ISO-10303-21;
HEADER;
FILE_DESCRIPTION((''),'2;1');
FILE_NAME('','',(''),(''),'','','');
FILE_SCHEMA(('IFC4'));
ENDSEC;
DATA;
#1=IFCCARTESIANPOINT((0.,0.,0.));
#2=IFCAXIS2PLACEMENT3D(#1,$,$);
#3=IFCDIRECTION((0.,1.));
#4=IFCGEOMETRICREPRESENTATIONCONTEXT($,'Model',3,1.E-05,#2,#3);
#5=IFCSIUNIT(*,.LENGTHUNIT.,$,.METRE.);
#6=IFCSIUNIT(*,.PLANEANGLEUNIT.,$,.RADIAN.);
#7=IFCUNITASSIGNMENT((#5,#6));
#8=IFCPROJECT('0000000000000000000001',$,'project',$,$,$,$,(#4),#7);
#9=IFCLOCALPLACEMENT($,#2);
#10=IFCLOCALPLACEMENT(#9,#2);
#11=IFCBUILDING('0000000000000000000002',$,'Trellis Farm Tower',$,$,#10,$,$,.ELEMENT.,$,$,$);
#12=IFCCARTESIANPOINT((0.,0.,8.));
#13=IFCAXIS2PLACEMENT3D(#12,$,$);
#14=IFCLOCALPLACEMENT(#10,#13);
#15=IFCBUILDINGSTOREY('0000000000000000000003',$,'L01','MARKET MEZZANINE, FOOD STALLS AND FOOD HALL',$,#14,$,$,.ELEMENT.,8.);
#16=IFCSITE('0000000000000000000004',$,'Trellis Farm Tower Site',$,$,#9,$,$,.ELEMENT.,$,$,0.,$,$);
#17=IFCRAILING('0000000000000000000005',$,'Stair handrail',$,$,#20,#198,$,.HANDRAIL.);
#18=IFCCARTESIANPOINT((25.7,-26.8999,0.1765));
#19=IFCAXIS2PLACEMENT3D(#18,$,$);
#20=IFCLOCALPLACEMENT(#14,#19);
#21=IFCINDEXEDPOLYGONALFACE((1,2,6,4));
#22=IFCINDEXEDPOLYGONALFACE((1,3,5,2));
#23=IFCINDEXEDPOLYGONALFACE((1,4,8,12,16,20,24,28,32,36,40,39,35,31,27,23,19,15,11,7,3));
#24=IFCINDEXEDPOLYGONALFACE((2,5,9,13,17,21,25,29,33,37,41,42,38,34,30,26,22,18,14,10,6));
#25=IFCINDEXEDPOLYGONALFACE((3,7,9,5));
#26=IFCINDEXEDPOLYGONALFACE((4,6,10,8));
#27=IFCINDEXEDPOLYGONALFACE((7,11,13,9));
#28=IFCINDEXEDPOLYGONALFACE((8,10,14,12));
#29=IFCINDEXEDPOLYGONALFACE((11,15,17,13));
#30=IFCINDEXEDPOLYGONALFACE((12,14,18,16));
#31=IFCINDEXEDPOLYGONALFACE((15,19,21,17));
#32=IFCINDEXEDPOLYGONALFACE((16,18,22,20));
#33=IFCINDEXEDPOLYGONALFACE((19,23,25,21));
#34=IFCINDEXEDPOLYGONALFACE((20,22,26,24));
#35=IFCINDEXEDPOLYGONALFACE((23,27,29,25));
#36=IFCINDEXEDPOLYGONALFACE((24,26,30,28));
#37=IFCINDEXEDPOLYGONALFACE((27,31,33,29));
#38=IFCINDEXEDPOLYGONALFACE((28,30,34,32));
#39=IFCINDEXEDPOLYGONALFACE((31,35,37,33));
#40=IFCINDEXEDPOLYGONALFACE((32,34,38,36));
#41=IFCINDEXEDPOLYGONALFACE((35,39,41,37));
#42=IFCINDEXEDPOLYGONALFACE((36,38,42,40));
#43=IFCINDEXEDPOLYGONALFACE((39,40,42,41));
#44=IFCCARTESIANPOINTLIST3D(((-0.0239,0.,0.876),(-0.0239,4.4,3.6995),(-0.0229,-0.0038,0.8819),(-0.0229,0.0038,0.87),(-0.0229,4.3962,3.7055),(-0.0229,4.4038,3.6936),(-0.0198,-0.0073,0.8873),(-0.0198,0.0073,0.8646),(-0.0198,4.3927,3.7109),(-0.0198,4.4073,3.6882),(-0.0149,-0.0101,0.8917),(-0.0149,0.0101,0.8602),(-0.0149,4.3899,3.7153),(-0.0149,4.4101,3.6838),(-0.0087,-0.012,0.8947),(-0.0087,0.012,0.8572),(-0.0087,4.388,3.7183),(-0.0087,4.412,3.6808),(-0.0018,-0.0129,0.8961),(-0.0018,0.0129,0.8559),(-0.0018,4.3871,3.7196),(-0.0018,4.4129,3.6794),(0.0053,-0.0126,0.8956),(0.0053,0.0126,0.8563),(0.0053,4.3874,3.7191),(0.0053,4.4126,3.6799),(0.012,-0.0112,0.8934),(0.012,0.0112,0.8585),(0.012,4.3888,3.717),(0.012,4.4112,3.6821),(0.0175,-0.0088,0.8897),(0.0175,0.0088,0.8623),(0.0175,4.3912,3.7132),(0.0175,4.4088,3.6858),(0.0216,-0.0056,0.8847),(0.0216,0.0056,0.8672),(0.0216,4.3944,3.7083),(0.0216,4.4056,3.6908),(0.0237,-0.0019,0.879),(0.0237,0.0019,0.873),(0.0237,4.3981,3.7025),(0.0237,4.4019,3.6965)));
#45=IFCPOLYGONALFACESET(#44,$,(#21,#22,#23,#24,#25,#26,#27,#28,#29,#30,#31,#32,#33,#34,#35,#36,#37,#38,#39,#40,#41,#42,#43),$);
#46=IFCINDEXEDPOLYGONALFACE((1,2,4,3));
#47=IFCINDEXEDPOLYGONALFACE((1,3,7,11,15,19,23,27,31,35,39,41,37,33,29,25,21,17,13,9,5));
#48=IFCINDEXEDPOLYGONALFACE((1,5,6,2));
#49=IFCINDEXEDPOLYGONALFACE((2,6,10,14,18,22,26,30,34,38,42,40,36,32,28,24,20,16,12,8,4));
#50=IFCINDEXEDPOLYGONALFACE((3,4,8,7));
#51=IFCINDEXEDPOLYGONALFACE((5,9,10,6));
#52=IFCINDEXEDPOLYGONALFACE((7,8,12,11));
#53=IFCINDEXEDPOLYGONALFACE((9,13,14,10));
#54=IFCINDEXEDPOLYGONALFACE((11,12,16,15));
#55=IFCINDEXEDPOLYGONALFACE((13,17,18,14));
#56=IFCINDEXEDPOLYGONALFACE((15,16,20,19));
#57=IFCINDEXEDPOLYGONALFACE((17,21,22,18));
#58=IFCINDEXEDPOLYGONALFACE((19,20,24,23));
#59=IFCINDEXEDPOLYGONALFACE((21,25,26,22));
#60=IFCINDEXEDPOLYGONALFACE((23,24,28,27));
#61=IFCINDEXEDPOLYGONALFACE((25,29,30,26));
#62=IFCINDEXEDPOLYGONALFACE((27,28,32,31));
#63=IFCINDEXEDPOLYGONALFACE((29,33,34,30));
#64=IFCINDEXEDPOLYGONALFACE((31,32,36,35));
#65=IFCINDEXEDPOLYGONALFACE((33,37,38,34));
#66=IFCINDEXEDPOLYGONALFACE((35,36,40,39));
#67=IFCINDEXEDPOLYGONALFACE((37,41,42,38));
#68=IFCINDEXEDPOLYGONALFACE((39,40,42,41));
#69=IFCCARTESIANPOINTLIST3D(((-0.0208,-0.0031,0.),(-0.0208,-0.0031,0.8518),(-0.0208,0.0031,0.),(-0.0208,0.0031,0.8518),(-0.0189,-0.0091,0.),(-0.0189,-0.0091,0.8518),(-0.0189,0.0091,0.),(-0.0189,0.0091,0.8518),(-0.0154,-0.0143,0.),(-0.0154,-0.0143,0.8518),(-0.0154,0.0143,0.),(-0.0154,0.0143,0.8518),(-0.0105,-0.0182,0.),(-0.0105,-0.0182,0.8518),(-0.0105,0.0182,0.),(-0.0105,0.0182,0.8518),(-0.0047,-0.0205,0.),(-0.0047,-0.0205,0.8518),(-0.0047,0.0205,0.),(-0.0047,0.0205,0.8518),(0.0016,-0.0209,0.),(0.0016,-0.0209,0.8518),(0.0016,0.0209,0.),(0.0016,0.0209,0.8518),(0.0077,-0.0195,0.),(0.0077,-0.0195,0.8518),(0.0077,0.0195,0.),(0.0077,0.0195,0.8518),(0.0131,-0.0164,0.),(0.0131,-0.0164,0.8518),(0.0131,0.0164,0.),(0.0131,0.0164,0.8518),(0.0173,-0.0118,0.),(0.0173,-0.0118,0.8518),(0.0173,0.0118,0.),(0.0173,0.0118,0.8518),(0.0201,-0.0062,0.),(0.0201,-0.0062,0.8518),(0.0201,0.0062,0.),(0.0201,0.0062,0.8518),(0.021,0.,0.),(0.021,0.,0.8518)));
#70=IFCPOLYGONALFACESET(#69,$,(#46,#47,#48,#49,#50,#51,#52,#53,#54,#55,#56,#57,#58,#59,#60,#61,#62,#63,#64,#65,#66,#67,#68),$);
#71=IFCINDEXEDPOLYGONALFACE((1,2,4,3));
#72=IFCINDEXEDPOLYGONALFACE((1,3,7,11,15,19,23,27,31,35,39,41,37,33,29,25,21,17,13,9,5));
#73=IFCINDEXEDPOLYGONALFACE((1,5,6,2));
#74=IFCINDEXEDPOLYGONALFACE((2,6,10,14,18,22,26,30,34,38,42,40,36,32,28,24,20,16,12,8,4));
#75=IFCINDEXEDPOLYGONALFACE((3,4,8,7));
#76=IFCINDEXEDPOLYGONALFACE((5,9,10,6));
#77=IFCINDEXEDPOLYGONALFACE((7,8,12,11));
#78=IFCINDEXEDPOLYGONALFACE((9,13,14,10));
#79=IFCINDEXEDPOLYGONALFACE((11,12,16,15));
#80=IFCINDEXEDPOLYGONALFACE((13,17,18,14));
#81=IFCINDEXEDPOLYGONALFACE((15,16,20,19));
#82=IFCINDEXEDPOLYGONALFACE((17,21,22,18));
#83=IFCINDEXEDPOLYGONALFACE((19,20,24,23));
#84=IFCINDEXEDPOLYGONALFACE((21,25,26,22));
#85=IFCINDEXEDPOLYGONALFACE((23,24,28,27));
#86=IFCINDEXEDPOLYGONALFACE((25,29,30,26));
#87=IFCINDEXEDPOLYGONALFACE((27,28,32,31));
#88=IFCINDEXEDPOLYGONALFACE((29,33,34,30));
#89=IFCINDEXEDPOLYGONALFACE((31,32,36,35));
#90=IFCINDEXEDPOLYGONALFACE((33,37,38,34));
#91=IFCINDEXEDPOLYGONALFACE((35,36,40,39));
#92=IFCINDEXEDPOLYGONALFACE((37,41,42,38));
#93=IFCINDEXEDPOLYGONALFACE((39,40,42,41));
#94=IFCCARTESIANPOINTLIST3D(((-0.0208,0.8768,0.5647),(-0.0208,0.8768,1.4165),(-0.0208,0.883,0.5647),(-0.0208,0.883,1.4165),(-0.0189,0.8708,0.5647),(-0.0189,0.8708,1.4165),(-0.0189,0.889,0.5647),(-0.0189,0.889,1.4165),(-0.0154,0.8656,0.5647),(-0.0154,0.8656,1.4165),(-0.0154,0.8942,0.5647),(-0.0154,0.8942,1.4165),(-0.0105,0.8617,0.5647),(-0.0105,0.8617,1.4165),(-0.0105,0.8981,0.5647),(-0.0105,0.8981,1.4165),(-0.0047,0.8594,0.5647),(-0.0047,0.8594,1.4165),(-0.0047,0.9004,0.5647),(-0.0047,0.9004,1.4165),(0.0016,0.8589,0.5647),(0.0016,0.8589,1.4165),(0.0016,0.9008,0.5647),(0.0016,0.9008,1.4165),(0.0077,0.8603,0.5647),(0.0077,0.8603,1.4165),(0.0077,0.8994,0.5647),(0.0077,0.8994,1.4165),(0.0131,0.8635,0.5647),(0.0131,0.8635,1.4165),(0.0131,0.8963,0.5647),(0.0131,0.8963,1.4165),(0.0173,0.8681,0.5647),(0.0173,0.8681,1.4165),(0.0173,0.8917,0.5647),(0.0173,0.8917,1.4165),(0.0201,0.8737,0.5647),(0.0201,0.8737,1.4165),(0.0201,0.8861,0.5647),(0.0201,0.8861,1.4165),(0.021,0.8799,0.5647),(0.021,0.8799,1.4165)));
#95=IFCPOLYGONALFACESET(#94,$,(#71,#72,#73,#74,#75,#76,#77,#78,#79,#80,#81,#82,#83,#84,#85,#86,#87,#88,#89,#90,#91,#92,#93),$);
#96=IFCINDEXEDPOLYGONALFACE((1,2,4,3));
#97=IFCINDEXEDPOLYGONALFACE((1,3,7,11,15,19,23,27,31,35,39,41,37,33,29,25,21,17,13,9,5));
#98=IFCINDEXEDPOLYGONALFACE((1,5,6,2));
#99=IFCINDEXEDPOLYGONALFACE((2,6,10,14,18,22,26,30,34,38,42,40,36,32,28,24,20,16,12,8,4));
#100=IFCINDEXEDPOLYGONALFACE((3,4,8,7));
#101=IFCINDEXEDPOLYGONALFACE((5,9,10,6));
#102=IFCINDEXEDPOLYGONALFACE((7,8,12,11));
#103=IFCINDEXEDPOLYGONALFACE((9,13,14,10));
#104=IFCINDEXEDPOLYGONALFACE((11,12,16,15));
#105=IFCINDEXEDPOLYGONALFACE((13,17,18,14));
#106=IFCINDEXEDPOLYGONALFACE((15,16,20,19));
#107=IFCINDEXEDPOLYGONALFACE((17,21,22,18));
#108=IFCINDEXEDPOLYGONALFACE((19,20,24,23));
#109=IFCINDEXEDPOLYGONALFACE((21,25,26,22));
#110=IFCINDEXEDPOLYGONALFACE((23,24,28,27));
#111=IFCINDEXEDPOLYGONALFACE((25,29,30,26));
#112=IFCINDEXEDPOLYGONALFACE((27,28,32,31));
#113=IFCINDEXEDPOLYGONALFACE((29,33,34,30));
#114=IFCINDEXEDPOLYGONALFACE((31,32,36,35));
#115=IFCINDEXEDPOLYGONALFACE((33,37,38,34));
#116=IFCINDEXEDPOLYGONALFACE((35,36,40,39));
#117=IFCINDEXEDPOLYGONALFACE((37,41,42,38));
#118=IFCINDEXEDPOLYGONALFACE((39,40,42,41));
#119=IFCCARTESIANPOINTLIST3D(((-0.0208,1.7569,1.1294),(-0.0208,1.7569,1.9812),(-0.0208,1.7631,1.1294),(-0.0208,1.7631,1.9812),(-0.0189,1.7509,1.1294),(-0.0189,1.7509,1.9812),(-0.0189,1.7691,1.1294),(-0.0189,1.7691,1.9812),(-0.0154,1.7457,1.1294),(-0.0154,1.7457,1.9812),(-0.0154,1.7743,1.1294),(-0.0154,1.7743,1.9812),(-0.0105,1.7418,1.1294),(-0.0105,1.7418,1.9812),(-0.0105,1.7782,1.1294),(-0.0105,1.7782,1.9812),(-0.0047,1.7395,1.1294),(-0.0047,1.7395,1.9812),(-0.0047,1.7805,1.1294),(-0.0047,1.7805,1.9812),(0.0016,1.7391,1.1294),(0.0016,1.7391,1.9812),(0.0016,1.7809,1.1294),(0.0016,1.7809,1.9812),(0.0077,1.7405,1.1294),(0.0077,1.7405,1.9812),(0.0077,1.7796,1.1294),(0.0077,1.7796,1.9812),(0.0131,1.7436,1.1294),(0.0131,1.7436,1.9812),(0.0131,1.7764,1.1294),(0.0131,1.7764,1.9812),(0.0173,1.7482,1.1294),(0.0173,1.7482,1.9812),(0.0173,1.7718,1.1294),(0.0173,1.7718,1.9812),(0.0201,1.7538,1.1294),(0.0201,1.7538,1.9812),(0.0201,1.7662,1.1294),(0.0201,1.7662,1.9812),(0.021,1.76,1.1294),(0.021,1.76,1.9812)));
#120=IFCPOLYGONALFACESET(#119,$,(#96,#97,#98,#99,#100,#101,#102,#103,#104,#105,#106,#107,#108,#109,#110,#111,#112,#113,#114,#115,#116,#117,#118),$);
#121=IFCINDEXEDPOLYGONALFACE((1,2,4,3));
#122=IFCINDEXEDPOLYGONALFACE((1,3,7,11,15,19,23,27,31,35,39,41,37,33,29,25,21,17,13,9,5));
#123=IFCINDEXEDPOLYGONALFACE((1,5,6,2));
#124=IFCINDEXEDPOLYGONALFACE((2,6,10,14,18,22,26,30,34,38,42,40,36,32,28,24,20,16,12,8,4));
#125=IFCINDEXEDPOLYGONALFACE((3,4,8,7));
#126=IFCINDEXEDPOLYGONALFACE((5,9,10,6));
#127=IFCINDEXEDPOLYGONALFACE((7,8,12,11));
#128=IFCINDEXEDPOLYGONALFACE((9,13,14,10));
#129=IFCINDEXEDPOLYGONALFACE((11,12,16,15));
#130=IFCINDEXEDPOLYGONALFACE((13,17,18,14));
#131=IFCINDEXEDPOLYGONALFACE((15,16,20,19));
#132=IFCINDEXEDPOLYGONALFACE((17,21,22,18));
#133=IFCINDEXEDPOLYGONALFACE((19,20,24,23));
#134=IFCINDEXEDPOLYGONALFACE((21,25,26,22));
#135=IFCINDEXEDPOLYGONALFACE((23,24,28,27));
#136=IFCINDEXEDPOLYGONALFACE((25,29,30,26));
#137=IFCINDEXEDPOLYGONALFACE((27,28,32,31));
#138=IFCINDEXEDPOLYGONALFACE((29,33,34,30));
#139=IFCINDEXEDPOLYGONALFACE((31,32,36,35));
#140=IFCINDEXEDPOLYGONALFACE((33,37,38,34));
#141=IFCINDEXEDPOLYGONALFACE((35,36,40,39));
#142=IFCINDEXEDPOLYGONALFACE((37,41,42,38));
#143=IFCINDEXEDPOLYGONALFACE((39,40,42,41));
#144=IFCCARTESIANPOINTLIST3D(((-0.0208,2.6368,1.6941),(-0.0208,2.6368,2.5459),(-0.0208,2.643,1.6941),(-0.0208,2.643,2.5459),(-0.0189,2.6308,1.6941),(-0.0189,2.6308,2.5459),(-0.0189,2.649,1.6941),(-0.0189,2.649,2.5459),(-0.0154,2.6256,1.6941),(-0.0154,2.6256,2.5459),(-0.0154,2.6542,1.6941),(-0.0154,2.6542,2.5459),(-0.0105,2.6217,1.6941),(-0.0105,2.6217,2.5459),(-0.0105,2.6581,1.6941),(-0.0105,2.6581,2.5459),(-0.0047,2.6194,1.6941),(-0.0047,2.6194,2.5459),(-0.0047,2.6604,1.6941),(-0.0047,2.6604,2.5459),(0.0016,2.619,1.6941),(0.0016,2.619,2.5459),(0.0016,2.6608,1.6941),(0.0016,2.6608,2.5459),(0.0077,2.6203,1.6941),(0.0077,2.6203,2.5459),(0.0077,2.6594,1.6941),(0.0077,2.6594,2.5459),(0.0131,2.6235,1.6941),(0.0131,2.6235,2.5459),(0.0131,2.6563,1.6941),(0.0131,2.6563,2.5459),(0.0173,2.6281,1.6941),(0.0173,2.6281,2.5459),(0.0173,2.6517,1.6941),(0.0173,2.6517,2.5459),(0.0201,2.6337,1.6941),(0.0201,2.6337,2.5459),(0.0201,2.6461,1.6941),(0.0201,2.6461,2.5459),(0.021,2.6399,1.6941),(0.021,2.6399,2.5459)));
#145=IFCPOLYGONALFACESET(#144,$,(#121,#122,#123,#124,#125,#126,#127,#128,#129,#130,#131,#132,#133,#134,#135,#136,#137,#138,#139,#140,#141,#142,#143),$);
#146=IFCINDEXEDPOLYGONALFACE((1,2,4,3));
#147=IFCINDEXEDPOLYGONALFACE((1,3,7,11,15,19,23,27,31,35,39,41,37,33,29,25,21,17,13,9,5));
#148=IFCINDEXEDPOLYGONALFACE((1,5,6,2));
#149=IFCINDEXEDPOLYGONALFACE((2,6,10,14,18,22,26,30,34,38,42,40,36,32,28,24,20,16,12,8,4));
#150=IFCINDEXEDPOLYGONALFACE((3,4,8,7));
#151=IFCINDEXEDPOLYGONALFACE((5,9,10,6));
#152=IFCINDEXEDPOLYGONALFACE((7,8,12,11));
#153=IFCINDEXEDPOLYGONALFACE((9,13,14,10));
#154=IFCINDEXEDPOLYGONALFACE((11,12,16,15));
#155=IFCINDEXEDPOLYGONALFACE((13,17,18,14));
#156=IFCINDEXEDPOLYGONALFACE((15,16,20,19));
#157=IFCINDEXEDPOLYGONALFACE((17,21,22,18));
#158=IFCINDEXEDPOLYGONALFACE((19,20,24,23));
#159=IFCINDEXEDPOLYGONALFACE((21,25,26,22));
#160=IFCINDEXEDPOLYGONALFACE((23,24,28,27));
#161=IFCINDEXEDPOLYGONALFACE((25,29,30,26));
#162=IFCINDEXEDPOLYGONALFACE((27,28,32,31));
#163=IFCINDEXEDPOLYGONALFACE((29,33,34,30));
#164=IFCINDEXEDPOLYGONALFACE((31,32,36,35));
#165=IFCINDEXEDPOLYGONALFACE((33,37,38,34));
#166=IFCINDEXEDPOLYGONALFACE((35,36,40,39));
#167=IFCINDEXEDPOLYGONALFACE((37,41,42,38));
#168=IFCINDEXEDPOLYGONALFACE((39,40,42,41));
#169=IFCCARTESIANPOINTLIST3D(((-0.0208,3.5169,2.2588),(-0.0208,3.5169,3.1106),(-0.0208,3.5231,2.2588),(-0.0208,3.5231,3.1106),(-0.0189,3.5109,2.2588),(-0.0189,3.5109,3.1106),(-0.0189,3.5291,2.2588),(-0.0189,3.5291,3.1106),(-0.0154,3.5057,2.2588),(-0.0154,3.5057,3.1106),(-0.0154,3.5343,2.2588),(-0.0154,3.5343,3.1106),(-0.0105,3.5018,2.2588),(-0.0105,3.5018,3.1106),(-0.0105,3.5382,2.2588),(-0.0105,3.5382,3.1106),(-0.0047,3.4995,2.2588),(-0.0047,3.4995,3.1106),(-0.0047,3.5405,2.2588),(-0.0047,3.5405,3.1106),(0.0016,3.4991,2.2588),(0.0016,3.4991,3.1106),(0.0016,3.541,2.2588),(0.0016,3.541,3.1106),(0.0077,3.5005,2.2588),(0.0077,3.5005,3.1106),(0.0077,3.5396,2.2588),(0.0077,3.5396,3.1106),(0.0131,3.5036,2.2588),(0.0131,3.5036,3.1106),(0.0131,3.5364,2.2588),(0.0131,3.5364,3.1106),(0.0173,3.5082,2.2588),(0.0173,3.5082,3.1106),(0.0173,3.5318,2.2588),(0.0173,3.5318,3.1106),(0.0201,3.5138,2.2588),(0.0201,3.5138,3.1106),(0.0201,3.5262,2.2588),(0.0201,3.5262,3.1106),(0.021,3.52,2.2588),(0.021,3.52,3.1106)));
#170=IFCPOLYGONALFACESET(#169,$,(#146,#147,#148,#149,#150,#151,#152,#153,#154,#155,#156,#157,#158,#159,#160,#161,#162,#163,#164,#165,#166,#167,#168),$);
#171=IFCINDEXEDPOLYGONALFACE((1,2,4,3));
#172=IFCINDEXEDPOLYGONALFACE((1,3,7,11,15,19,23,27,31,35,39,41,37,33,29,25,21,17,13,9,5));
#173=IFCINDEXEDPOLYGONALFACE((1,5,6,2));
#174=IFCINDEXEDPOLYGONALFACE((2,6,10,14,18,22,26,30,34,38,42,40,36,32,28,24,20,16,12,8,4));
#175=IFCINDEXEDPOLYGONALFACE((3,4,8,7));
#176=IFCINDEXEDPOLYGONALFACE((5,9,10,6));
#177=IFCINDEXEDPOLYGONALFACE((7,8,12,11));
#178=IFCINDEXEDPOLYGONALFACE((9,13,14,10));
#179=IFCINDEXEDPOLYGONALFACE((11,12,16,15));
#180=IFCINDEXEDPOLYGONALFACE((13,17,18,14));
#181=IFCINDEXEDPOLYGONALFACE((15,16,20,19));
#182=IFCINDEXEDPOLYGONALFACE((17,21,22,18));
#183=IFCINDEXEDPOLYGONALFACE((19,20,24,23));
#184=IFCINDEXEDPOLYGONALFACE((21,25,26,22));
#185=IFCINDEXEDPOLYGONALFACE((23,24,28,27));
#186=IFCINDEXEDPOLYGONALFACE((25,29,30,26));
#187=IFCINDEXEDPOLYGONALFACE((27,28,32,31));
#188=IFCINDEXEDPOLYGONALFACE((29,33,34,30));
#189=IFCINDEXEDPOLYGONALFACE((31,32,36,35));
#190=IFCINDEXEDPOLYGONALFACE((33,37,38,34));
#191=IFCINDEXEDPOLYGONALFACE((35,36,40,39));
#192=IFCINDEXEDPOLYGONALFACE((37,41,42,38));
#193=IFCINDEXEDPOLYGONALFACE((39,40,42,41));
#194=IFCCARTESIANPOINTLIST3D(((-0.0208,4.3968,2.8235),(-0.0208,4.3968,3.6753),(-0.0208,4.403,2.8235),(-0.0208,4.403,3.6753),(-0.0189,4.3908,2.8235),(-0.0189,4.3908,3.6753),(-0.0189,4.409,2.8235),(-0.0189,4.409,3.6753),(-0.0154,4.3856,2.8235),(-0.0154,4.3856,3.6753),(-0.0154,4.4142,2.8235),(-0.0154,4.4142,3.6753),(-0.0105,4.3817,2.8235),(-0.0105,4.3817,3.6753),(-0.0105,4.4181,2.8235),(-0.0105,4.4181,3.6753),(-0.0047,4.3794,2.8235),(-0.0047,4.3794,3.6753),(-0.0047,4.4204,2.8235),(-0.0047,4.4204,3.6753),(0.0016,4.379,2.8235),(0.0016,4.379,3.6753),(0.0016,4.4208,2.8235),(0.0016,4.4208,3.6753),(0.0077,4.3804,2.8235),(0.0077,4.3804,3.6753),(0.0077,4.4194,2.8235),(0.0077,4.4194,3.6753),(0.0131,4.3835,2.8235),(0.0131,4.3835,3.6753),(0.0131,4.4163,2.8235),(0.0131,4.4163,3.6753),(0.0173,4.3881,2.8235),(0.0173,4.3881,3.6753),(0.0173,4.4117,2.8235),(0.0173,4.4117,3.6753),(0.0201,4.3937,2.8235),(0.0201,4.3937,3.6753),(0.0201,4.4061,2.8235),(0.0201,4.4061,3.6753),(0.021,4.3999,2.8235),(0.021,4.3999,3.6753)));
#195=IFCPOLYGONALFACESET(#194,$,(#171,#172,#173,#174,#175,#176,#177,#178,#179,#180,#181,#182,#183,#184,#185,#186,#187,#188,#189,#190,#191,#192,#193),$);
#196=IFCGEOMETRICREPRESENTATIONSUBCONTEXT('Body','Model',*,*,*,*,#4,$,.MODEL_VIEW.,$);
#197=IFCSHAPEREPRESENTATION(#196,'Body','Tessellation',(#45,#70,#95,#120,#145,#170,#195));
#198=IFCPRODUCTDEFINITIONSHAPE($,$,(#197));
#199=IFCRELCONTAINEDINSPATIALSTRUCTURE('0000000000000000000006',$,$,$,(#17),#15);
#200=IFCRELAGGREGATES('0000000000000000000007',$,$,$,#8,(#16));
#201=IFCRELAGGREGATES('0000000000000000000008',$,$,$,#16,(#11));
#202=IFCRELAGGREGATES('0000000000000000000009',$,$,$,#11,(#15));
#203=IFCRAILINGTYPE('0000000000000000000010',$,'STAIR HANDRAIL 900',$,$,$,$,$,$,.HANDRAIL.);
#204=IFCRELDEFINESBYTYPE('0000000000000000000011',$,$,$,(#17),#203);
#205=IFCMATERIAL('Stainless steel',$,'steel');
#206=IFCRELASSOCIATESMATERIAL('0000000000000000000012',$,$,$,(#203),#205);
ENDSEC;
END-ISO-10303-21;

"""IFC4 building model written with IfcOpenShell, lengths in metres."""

from ifc_helpers import new_model, si_unit, direction, frame, origin, origin_2d, place, context, subcontext, project, spatial, circle, extrude, source, transform, mapped, material, type_object, element, save


model = new_model("IFC4")

# Units and contexts
model_context = context("Model", 3, precision=1e-05, world=origin(), true_north=direction((0.0, 1.0)))
body_context = subcontext(model_context, "Body", "Model", "MODEL_VIEW")
ifc_project = project(units=[si_unit("LENGTHUNIT", "METRE"), si_unit("PLANEANGLEUNIT", "RADIAN")], contexts=[model_context])

# Site, building, storey
site_placement = place(None, origin())
site = spatial("IfcSite", under=ifc_project, at=site_placement, Name="Trellis Farm Tower Site", CompositionType="ELEMENT", RefElevation=0.0)
building_placement = place(site_placement, origin())
building = spatial("IfcBuilding", under=site, at=building_placement, Name="Trellis Farm Tower", CompositionType="ELEMENT")
storey_placement = place(building_placement, frame((0.0, 0.0, 8.0)))
storey = spatial("IfcBuildingStorey", under=building, at=storey_placement, Name="L01", Description="MARKET MEZZANINE, FOOD STALLS AND FOOD HALL", CompositionType="ELEMENT", Elevation=8.0)

# Railing
ifc_material_1 = material(Name="Stainless steel", Category="steel")
railing_type = type_object("IfcRailingType", Name="STAIR HANDRAIL 900", PredefinedType="HANDRAIL", material=ifc_material_1)
shared_shape_1 = source(origin(), body_context, "Body", "SweptSolid", [
    extrude(circle(Radius=0.0239, at=origin_2d()), frame((0.0, 0.0, 0.876), z_axis=(0.0, 0.841615, 0.540078), x_axis=(-1.0, 0.0, 0.0)), (0.0, 0.0, 1.0), 5.228),
    extrude(circle(Radius=0.021, at=origin_2d()), origin(), (0.0, 0.0, 1.0), 0.8518),
    extrude(circle(Radius=0.021, at=origin_2d()), frame((0.0, 0.8799, 0.5647)), (0.0, 0.0, 1.0), 0.8518),
    extrude(circle(Radius=0.021, at=origin_2d()), frame((0.0, 1.76, 1.1294)), (0.0, 0.0, 1.0), 0.8518),
    extrude(circle(Radius=0.021, at=origin_2d()), frame((0.0, 2.6399, 1.6941)), (0.0, 0.0, 1.0), 0.8518),
    extrude(circle(Radius=0.021, at=origin_2d()), frame((0.0, 3.52, 2.2588)), (0.0, 0.0, 1.0), 0.8518),
    extrude(circle(Radius=0.021, at=origin_2d()), frame((0.0, 4.3999, 2.8235)), (0.0, 0.0, 1.0), 0.8518),
])
railing_placement = place(storey_placement, frame((25.7, -26.8999, 0.1765)))
element("IfcRailing", 1, at=railing_placement, inside=storey, type_object=railing_type, Name="Stair handrail", PredefinedType="HANDRAIL", context=body_context, shape_type="MappedRepresentation", body=[
    mapped(shared_shape_1, transform((0.0, 0.0, 0.0))),
])

save(model, "model.ifc")
